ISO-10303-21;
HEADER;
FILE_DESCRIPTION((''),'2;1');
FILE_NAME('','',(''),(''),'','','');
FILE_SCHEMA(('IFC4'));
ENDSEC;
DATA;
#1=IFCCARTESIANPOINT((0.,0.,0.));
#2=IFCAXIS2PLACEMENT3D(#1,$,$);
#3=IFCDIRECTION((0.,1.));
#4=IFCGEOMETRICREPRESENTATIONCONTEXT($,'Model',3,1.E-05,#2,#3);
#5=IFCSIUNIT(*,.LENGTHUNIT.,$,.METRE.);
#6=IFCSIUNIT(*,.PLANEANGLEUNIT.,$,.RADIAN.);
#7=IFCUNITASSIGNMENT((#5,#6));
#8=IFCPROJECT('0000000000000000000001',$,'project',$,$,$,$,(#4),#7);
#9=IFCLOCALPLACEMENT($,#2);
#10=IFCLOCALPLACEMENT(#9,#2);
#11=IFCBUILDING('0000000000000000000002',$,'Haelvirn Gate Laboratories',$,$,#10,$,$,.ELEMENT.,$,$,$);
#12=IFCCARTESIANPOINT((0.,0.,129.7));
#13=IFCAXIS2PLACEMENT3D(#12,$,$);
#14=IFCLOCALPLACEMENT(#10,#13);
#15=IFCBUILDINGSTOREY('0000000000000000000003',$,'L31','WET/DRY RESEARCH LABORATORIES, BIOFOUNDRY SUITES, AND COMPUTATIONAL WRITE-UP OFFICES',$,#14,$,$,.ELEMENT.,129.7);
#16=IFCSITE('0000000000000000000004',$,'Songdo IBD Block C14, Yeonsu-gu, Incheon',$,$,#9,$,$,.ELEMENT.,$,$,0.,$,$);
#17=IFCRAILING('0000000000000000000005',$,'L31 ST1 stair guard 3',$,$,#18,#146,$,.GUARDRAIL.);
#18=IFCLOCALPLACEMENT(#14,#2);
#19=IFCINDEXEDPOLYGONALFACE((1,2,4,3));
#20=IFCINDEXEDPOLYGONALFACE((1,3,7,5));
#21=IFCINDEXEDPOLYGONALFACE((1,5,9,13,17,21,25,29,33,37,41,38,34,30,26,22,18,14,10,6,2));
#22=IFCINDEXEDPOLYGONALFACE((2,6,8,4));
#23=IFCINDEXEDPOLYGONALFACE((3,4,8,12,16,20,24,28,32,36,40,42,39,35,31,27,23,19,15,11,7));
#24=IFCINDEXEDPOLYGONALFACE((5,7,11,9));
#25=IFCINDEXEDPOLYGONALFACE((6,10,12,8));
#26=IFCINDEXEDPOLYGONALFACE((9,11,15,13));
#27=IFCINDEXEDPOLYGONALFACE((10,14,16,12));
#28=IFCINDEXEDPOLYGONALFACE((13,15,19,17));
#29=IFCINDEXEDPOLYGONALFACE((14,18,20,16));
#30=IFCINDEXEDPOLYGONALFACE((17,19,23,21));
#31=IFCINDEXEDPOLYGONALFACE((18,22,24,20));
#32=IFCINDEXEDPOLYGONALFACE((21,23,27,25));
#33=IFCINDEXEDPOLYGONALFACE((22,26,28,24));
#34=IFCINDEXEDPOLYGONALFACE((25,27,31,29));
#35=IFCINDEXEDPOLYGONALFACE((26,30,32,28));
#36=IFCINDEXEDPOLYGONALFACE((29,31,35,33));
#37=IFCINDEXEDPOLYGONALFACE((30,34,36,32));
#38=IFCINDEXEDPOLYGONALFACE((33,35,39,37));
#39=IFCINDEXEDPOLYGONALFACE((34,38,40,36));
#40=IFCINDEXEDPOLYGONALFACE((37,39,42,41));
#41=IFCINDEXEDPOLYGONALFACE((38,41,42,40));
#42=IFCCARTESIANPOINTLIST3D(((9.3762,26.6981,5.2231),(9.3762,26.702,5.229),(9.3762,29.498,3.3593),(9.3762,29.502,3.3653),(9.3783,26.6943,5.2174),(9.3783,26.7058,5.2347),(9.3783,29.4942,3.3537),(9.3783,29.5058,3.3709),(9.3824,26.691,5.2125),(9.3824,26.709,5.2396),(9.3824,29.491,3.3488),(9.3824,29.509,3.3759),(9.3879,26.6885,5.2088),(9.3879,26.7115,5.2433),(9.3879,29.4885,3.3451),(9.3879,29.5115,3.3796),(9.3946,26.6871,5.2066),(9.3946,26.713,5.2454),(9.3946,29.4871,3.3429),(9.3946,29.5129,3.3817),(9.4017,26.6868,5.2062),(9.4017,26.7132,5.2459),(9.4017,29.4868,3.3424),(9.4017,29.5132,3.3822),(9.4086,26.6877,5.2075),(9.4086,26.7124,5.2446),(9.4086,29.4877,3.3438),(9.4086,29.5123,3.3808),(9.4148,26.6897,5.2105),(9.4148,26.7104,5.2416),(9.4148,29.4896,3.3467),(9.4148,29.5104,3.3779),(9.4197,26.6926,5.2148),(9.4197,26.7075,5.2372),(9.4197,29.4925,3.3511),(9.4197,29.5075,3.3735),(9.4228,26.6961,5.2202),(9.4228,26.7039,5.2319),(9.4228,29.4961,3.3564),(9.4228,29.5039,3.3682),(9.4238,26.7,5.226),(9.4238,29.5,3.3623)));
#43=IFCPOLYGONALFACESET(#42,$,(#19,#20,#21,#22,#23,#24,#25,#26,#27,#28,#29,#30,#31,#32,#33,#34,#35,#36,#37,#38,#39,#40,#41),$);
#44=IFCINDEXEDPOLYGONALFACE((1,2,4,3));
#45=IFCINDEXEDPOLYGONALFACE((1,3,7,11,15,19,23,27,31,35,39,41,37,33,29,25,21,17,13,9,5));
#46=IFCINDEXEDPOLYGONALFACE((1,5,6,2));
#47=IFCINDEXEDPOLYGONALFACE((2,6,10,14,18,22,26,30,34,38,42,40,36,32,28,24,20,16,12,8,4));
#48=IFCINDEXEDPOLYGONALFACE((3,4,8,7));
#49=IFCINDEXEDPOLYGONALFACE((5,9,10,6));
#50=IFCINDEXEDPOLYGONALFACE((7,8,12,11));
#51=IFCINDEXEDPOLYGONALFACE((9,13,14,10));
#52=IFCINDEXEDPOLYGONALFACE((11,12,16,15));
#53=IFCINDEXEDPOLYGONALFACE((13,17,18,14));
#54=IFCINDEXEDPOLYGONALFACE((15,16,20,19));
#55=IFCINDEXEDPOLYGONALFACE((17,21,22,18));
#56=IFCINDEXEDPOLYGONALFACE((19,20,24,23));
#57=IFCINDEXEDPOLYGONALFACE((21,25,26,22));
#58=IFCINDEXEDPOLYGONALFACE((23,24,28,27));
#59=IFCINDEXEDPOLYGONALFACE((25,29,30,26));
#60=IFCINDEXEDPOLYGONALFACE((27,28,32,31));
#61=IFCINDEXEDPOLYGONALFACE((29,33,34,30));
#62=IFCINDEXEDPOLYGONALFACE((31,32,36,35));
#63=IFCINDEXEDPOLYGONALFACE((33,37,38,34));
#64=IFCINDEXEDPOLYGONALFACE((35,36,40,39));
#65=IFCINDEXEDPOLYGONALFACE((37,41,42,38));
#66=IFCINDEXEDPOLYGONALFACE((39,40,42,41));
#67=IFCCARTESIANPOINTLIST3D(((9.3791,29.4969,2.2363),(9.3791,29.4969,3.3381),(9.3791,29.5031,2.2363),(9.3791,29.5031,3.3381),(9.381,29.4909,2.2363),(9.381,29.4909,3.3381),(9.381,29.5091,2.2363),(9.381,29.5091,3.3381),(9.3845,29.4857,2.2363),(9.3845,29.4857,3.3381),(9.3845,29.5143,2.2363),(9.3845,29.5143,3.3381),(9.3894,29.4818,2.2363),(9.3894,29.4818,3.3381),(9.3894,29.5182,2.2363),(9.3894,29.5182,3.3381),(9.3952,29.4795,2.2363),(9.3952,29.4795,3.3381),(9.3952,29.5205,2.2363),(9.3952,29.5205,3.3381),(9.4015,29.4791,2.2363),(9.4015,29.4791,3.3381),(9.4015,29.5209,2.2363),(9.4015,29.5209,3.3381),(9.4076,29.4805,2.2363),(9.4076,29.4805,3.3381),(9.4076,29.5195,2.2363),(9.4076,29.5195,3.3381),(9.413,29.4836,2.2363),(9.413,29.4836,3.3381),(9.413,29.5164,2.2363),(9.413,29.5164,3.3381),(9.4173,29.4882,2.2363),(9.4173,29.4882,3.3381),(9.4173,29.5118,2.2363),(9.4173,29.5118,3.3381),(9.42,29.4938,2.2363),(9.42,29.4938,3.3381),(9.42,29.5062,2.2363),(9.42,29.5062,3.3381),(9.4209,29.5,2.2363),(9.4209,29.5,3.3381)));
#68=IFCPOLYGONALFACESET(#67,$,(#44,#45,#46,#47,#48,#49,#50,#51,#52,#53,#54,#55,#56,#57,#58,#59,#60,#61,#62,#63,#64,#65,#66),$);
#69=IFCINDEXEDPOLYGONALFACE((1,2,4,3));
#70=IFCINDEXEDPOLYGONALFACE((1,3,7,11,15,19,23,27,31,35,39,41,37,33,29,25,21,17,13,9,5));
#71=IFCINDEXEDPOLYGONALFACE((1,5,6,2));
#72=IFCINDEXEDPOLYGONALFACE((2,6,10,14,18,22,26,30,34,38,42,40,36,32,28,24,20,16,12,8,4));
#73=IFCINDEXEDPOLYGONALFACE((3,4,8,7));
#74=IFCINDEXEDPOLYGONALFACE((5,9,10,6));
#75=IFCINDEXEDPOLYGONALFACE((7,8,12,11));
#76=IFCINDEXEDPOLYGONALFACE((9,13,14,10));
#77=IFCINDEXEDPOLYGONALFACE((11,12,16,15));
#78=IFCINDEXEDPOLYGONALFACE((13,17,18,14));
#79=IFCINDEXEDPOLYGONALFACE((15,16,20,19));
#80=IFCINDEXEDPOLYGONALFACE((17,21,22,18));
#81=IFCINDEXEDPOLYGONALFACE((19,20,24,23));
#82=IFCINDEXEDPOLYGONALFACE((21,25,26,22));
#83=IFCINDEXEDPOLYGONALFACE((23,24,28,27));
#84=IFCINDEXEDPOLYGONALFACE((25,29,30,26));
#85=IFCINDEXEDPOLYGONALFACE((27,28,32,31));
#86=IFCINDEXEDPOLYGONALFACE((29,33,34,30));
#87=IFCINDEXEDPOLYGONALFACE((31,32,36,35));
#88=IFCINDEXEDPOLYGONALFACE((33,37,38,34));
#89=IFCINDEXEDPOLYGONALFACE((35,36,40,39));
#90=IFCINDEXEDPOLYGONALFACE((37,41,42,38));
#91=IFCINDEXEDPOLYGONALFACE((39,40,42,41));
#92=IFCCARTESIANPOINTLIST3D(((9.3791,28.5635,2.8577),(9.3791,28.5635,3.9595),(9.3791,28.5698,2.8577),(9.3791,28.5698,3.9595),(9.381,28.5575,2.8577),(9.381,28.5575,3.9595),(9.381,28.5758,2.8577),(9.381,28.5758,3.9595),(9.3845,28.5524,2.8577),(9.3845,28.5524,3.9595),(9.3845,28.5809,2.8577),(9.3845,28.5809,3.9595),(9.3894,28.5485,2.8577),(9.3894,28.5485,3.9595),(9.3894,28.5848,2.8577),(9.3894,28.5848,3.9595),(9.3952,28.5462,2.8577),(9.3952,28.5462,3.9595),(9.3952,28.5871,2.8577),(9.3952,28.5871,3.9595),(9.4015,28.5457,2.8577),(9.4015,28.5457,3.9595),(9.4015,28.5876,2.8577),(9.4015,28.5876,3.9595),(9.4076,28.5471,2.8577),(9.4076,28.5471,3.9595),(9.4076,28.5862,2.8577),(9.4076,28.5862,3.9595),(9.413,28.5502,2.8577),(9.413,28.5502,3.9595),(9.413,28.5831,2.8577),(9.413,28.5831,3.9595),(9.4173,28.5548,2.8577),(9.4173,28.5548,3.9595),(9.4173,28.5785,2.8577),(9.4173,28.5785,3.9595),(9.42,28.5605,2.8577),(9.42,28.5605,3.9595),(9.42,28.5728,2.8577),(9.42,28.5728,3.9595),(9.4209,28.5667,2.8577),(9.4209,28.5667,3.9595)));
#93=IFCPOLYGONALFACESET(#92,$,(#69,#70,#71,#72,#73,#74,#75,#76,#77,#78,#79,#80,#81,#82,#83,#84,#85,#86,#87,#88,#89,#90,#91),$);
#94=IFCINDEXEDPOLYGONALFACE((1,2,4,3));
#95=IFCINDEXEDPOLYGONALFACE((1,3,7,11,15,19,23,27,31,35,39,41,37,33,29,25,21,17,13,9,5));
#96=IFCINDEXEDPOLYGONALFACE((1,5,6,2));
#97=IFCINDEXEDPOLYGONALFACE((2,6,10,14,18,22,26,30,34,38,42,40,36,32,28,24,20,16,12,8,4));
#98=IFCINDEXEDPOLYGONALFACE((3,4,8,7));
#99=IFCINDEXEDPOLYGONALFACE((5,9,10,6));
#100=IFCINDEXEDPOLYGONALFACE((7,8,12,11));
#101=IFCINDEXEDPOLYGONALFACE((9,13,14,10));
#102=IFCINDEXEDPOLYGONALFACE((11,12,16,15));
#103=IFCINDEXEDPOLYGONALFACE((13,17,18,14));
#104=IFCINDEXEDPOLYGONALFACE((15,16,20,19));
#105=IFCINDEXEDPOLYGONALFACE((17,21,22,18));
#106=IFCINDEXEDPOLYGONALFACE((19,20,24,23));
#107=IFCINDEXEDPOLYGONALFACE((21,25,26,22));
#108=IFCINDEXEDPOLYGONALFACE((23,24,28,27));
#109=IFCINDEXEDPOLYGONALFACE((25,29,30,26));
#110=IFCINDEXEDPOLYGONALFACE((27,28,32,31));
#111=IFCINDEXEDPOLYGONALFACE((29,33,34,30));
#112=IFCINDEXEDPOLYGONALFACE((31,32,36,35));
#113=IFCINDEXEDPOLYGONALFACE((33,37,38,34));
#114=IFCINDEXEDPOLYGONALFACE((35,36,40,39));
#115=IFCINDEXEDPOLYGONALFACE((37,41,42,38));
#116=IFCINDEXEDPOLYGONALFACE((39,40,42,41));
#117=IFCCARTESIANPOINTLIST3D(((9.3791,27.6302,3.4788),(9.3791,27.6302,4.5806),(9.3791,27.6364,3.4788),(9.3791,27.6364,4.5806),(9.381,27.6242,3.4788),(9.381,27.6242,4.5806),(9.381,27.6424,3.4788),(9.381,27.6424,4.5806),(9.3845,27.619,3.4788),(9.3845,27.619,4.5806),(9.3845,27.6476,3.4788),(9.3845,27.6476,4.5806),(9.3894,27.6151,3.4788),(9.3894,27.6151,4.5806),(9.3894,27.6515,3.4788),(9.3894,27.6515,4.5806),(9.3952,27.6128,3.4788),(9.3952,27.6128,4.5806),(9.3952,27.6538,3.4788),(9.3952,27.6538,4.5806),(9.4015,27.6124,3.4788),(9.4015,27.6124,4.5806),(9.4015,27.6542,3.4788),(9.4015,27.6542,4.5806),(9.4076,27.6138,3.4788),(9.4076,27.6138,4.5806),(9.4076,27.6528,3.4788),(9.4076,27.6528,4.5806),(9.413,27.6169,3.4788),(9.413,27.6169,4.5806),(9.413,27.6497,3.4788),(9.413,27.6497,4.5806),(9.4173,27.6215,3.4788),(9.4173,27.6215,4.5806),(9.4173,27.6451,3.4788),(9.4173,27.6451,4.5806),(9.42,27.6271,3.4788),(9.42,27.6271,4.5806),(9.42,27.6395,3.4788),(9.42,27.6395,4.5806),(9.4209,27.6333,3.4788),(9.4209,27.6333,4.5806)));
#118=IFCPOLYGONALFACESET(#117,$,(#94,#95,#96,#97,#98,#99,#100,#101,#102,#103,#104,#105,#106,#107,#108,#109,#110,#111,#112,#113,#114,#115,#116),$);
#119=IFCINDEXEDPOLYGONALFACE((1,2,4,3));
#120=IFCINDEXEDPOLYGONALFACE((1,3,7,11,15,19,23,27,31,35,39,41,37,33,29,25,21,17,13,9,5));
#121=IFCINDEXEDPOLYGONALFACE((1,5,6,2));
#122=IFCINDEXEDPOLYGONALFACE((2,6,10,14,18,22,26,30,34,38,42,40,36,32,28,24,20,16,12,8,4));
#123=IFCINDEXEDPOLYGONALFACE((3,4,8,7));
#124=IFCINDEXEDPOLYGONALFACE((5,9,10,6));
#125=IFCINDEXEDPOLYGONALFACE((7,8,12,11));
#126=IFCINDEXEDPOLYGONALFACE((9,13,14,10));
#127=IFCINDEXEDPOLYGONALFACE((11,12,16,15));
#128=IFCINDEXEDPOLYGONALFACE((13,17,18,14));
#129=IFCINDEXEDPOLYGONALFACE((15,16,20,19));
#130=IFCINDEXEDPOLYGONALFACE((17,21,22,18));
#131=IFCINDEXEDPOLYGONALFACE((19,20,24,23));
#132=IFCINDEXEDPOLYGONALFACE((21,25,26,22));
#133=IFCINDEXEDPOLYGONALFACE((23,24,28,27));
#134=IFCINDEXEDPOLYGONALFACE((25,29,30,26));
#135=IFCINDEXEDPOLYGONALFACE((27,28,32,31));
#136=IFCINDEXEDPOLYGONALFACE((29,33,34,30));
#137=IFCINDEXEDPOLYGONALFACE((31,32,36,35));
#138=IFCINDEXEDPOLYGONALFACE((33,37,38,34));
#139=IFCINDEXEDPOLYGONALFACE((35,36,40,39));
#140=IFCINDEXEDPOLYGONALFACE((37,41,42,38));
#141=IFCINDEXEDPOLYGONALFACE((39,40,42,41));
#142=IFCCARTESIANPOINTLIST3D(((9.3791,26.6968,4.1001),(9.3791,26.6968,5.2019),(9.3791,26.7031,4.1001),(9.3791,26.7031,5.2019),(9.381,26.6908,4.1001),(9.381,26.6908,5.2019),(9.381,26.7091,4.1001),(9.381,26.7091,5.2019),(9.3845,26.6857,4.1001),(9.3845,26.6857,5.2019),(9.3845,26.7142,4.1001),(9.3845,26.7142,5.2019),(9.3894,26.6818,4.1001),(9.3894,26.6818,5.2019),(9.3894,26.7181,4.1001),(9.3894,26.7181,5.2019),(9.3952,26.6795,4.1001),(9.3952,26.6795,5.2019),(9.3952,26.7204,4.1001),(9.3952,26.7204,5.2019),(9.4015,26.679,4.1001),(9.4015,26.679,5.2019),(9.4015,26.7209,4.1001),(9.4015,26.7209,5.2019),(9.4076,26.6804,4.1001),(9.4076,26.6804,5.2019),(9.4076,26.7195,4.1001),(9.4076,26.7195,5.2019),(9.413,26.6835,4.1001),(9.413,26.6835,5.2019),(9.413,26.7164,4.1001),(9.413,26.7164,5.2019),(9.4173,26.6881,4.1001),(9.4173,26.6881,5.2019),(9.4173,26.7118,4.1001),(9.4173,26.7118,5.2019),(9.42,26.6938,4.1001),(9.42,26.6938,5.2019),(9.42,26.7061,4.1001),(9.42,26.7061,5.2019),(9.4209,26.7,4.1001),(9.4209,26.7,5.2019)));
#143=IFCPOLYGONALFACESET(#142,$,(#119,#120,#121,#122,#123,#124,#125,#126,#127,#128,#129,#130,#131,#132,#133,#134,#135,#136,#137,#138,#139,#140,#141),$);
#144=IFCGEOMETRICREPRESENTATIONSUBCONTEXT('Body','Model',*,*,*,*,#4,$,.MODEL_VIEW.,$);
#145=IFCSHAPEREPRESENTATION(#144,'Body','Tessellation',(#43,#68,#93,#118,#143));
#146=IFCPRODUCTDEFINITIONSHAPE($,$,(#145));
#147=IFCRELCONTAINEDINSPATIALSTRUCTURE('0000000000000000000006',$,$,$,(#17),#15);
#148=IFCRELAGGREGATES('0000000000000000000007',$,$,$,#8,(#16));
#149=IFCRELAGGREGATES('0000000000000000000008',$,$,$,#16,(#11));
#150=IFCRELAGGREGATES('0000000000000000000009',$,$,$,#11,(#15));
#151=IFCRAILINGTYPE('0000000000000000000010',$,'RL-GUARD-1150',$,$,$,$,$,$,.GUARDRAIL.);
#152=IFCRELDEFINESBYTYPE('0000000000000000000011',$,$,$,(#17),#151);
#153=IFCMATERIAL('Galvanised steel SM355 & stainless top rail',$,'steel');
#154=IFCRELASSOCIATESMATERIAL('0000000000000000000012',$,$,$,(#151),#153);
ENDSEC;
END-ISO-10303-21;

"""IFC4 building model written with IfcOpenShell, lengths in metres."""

from ifc_helpers import new_model, si_unit, direction, frame, origin, origin_2d, place, context, subcontext, project, spatial, circle, extrude, source, transform, mapped, material, type_object, element, save


model = new_model("IFC4")

# Units and contexts
model_context = context("Model", 3, precision=1e-05, world=origin(), true_north=direction((0.0, 1.0)))
body_context = subcontext(model_context, "Body", "Model", "MODEL_VIEW")
ifc_project = project(units=[si_unit("LENGTHUNIT", "METRE"), si_unit("PLANEANGLEUNIT", "RADIAN")], contexts=[model_context])

# Site, building, storey
site_placement = place(None, origin())
site = spatial("IfcSite", under=ifc_project, at=site_placement, Name="Songdo IBD Block C14, Yeonsu-gu, Incheon", CompositionType="ELEMENT", RefElevation=0.0)
building_placement = place(site_placement, origin())
building = spatial("IfcBuilding", under=site, at=building_placement, Name="Haelvirn Gate Laboratories", CompositionType="ELEMENT")
storey_placement = place(building_placement, frame((0.0, 0.0, 129.7)))
storey = spatial("IfcBuildingStorey", under=building, at=storey_placement, Name="L31", Description="WET/DRY RESEARCH LABORATORIES, BIOFOUNDRY SUITES, AND COMPUTATIONAL WRITE-UP OFFICES", CompositionType="ELEMENT", Elevation=129.7)

# Railing
ifc_material_1 = material(Name="Galvanised steel SM355 & stainless top rail", Category="steel")
railing_type_1 = type_object("IfcRailingType", Name="RL-GUARD-1150", PredefinedType="GUARDRAIL", material=ifc_material_1)
shared_shape_1 = source(origin(), body_context, "Body", "SweptSolid", [
    extrude(circle(Radius=0.0239, at=origin_2d()), frame((0.0, 0.0, 1.126), z_axis=(0.0, -0.832452, 0.554097), x_axis=(1.0, 0.0, 0.0)), (0.0, 0.0, 1.0), 3.3635),
    extrude(circle(Radius=0.021, at=origin_2d()), origin(), (0.0, 0.0, 1.0), 1.1018),
    extrude(circle(Radius=0.021, at=origin_2d()), frame((0.0, -0.9333, 0.6213)), (0.0, 0.0, 1.0), 1.1018),
    extrude(circle(Radius=0.021, at=origin_2d()), frame((0.0, -1.8667, 1.2424)), (0.0, 0.0, 1.0), 1.1018),
    extrude(circle(Radius=0.021, at=origin_2d()), frame((0.0, -2.8, 1.8638)), (0.0, 0.0, 1.0), 1.1018),
])
railing_1_placement = place(storey_placement, frame((9.3999, 29.5, 2.2363)))
element("IfcRailing", 1, at=railing_1_placement, inside=storey, type_object=railing_type_1, Name="L31 ST1 stair guard 3", PredefinedType="GUARDRAIL", context=body_context, shape_type="MappedRepresentation", body=[
    mapped(shared_shape_1, transform((0.0, 0.0, 0.0), scale=1.0)),
])

save(model, "model.ifc")
